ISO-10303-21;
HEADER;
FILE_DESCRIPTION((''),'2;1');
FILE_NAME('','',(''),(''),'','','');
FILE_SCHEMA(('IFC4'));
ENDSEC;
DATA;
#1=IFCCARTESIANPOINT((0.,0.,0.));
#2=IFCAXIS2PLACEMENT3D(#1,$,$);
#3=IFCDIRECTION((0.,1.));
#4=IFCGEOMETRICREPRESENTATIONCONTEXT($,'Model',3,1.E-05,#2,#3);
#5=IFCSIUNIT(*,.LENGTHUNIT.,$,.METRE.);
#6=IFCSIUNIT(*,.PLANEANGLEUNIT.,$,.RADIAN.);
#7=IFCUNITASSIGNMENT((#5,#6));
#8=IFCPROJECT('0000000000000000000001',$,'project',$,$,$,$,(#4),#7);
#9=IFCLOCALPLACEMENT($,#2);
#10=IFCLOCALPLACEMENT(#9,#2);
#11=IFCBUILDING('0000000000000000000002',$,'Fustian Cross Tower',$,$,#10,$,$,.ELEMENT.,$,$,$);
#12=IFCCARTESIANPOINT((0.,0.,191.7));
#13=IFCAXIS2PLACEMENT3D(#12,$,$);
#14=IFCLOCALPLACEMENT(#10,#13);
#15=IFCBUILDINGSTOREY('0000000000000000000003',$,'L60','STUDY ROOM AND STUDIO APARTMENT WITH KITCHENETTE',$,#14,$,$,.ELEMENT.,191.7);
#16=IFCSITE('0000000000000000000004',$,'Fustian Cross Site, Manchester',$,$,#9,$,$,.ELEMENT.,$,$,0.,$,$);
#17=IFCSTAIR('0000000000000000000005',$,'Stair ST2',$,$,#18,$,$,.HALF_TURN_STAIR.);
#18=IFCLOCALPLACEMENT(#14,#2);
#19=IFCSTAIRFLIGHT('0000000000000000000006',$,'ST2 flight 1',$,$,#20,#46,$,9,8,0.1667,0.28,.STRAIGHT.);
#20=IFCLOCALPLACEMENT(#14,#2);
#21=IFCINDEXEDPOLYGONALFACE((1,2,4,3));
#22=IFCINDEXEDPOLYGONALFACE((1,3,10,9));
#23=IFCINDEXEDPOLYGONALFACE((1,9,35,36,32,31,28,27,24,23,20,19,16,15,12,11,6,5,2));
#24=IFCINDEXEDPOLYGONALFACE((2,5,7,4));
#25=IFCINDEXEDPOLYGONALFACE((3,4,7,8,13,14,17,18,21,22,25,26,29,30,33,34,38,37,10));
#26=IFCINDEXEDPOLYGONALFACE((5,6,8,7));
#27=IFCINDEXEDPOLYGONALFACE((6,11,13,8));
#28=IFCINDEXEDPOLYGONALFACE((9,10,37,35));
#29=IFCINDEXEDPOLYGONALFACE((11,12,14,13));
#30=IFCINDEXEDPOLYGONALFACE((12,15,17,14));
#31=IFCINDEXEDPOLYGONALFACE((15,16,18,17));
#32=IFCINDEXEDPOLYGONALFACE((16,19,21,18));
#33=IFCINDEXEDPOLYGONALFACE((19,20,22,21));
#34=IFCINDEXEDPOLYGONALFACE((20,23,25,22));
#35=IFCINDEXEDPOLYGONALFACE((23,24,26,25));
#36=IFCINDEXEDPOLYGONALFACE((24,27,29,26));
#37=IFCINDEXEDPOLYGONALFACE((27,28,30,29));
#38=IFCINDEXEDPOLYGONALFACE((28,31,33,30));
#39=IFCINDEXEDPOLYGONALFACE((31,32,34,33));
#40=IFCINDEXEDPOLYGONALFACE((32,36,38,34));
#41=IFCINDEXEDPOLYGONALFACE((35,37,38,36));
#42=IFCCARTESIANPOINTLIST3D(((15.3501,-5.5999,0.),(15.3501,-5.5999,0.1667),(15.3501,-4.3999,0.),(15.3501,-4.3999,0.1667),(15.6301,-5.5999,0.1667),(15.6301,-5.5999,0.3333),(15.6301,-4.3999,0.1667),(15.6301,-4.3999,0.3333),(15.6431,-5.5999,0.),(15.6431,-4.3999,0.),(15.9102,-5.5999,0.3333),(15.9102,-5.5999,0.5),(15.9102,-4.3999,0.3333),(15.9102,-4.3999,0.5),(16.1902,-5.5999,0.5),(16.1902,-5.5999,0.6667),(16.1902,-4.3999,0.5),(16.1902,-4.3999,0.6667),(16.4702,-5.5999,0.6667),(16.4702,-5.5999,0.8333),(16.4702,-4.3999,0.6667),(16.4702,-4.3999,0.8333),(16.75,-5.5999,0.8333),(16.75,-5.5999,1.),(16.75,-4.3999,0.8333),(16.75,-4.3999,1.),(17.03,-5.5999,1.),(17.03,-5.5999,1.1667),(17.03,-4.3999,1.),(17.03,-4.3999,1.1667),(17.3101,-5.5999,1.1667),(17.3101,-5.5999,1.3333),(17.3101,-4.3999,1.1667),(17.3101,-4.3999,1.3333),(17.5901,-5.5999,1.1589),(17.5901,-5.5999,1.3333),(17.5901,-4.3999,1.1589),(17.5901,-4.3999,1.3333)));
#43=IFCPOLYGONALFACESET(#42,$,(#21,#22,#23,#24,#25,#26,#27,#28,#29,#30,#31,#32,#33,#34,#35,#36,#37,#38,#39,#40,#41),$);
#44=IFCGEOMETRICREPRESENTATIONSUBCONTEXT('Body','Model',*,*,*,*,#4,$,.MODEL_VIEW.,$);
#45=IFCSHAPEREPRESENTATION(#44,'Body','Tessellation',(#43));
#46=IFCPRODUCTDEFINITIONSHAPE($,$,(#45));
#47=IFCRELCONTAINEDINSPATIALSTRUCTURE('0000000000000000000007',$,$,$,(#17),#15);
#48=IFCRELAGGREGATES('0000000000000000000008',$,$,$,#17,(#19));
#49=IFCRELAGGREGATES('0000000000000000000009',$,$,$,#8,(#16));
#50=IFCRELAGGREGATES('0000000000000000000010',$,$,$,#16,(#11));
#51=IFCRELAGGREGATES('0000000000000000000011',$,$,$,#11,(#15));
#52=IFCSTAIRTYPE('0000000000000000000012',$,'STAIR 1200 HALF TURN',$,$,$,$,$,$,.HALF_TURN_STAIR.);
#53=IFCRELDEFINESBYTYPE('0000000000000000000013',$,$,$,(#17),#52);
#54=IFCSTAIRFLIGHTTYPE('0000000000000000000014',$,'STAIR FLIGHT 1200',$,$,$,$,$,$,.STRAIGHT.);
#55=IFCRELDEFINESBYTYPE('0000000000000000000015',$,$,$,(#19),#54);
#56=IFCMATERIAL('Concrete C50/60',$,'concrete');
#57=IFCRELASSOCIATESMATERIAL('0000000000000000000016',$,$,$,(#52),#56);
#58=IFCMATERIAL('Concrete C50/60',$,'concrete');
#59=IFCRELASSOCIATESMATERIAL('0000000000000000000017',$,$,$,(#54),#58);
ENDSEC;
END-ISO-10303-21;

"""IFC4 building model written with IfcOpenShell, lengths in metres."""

from ifc_helpers import new_model, si_unit, direction, frame, origin, place, context, subcontext, project, spatial, polyline, outline, extrude, material, type_object, element, aggregate, save


model = new_model("IFC4")

# Units and contexts
model_context = context("Model", 3, precision=1e-05, world=origin(), true_north=direction((0.0, 1.0)))
body_context = subcontext(model_context, "Body", "Model", "MODEL_VIEW")
ifc_project = project(units=[si_unit("LENGTHUNIT", "METRE"), si_unit("PLANEANGLEUNIT", "RADIAN")], contexts=[model_context])

# Site, building, storey
site_placement = place(None, origin())
site = spatial("IfcSite", under=ifc_project, at=site_placement, Name="Fustian Cross Site, Manchester", CompositionType="ELEMENT", RefElevation=0.0)
building_placement = place(site_placement, origin())
building = spatial("IfcBuilding", under=site, at=building_placement, Name="Fustian Cross Tower", CompositionType="ELEMENT")
storey_placement = place(building_placement, frame((0.0, 0.0, 191.7)))
storey = spatial("IfcBuildingStorey", under=building, at=storey_placement, Name="L60", Description="STUDY ROOM AND STUDIO APARTMENT WITH KITCHENETTE", CompositionType="ELEMENT", Elevation=191.7)

# Stair, stair flight
ifc_material_1 = material(Name="Concrete C50/60", Category="concrete")
stair_type = type_object("IfcStairType", Name="STAIR 1200 HALF TURN", PredefinedType="HALF_TURN_STAIR", material=ifc_material_1)
stair_placement = place(storey_placement, origin())
stair = element("IfcStair", 1, at=stair_placement, inside=storey, type_object=stair_type, Name="Stair ST2", PredefinedType="HALF_TURN_STAIR")
ifc_material_2 = material(Name="Concrete C50/60", Category="concrete")
stair_flight_type = type_object("IfcStairFlightType", Name="STAIR FLIGHT 1200", PredefinedType="STRAIGHT", material=ifc_material_2)
stair_flight_placement = place(storey_placement, frame((15.3501, -5.0, 0.0), z_axis=(0.0, 0.0, 1.0), x_axis=(1.0, 0.0, 0.0)))
stair_flight = element("IfcStairFlight", 2, at=stair_flight_placement, type_object=stair_flight_type, Name="ST2 flight 1", NumberOfRisers=9, NumberOfTreads=8, PredefinedType="STRAIGHT", RiserHeight=0.1667, TreadLength=0.28, context=body_context, shape_type="SweptSolid", body=[
    extrude(outline(polyline([(0.0, 0.0), (0.0, 0.1667), (0.28, 0.1667), (0.28, 0.3333), (0.5601, 0.3333), (0.5601, 0.5), (0.8401, 0.5), (0.8401, 0.6667), (1.1201, 0.6667), (1.1201, 0.8333), (1.3999, 0.8333), (1.3999, 1.0), (1.6799, 1.0), (1.6799, 1.1667), (1.96, 1.1667), (1.96, 1.3333), (2.24, 1.3333), (2.24, 1.5), (2.24, 1.1589), (0.293, 0.0), (0.0, 0.0)])), frame((0.0, 0.6001, 0.0), z_axis=(0.0, -1.0, 0.0), x_axis=(1.0, 0.0, 0.0)), (0.0, 0.0, 1.0), 1.2),
])
aggregate(stair, [stair_flight])

save(model, "model.ifc")
